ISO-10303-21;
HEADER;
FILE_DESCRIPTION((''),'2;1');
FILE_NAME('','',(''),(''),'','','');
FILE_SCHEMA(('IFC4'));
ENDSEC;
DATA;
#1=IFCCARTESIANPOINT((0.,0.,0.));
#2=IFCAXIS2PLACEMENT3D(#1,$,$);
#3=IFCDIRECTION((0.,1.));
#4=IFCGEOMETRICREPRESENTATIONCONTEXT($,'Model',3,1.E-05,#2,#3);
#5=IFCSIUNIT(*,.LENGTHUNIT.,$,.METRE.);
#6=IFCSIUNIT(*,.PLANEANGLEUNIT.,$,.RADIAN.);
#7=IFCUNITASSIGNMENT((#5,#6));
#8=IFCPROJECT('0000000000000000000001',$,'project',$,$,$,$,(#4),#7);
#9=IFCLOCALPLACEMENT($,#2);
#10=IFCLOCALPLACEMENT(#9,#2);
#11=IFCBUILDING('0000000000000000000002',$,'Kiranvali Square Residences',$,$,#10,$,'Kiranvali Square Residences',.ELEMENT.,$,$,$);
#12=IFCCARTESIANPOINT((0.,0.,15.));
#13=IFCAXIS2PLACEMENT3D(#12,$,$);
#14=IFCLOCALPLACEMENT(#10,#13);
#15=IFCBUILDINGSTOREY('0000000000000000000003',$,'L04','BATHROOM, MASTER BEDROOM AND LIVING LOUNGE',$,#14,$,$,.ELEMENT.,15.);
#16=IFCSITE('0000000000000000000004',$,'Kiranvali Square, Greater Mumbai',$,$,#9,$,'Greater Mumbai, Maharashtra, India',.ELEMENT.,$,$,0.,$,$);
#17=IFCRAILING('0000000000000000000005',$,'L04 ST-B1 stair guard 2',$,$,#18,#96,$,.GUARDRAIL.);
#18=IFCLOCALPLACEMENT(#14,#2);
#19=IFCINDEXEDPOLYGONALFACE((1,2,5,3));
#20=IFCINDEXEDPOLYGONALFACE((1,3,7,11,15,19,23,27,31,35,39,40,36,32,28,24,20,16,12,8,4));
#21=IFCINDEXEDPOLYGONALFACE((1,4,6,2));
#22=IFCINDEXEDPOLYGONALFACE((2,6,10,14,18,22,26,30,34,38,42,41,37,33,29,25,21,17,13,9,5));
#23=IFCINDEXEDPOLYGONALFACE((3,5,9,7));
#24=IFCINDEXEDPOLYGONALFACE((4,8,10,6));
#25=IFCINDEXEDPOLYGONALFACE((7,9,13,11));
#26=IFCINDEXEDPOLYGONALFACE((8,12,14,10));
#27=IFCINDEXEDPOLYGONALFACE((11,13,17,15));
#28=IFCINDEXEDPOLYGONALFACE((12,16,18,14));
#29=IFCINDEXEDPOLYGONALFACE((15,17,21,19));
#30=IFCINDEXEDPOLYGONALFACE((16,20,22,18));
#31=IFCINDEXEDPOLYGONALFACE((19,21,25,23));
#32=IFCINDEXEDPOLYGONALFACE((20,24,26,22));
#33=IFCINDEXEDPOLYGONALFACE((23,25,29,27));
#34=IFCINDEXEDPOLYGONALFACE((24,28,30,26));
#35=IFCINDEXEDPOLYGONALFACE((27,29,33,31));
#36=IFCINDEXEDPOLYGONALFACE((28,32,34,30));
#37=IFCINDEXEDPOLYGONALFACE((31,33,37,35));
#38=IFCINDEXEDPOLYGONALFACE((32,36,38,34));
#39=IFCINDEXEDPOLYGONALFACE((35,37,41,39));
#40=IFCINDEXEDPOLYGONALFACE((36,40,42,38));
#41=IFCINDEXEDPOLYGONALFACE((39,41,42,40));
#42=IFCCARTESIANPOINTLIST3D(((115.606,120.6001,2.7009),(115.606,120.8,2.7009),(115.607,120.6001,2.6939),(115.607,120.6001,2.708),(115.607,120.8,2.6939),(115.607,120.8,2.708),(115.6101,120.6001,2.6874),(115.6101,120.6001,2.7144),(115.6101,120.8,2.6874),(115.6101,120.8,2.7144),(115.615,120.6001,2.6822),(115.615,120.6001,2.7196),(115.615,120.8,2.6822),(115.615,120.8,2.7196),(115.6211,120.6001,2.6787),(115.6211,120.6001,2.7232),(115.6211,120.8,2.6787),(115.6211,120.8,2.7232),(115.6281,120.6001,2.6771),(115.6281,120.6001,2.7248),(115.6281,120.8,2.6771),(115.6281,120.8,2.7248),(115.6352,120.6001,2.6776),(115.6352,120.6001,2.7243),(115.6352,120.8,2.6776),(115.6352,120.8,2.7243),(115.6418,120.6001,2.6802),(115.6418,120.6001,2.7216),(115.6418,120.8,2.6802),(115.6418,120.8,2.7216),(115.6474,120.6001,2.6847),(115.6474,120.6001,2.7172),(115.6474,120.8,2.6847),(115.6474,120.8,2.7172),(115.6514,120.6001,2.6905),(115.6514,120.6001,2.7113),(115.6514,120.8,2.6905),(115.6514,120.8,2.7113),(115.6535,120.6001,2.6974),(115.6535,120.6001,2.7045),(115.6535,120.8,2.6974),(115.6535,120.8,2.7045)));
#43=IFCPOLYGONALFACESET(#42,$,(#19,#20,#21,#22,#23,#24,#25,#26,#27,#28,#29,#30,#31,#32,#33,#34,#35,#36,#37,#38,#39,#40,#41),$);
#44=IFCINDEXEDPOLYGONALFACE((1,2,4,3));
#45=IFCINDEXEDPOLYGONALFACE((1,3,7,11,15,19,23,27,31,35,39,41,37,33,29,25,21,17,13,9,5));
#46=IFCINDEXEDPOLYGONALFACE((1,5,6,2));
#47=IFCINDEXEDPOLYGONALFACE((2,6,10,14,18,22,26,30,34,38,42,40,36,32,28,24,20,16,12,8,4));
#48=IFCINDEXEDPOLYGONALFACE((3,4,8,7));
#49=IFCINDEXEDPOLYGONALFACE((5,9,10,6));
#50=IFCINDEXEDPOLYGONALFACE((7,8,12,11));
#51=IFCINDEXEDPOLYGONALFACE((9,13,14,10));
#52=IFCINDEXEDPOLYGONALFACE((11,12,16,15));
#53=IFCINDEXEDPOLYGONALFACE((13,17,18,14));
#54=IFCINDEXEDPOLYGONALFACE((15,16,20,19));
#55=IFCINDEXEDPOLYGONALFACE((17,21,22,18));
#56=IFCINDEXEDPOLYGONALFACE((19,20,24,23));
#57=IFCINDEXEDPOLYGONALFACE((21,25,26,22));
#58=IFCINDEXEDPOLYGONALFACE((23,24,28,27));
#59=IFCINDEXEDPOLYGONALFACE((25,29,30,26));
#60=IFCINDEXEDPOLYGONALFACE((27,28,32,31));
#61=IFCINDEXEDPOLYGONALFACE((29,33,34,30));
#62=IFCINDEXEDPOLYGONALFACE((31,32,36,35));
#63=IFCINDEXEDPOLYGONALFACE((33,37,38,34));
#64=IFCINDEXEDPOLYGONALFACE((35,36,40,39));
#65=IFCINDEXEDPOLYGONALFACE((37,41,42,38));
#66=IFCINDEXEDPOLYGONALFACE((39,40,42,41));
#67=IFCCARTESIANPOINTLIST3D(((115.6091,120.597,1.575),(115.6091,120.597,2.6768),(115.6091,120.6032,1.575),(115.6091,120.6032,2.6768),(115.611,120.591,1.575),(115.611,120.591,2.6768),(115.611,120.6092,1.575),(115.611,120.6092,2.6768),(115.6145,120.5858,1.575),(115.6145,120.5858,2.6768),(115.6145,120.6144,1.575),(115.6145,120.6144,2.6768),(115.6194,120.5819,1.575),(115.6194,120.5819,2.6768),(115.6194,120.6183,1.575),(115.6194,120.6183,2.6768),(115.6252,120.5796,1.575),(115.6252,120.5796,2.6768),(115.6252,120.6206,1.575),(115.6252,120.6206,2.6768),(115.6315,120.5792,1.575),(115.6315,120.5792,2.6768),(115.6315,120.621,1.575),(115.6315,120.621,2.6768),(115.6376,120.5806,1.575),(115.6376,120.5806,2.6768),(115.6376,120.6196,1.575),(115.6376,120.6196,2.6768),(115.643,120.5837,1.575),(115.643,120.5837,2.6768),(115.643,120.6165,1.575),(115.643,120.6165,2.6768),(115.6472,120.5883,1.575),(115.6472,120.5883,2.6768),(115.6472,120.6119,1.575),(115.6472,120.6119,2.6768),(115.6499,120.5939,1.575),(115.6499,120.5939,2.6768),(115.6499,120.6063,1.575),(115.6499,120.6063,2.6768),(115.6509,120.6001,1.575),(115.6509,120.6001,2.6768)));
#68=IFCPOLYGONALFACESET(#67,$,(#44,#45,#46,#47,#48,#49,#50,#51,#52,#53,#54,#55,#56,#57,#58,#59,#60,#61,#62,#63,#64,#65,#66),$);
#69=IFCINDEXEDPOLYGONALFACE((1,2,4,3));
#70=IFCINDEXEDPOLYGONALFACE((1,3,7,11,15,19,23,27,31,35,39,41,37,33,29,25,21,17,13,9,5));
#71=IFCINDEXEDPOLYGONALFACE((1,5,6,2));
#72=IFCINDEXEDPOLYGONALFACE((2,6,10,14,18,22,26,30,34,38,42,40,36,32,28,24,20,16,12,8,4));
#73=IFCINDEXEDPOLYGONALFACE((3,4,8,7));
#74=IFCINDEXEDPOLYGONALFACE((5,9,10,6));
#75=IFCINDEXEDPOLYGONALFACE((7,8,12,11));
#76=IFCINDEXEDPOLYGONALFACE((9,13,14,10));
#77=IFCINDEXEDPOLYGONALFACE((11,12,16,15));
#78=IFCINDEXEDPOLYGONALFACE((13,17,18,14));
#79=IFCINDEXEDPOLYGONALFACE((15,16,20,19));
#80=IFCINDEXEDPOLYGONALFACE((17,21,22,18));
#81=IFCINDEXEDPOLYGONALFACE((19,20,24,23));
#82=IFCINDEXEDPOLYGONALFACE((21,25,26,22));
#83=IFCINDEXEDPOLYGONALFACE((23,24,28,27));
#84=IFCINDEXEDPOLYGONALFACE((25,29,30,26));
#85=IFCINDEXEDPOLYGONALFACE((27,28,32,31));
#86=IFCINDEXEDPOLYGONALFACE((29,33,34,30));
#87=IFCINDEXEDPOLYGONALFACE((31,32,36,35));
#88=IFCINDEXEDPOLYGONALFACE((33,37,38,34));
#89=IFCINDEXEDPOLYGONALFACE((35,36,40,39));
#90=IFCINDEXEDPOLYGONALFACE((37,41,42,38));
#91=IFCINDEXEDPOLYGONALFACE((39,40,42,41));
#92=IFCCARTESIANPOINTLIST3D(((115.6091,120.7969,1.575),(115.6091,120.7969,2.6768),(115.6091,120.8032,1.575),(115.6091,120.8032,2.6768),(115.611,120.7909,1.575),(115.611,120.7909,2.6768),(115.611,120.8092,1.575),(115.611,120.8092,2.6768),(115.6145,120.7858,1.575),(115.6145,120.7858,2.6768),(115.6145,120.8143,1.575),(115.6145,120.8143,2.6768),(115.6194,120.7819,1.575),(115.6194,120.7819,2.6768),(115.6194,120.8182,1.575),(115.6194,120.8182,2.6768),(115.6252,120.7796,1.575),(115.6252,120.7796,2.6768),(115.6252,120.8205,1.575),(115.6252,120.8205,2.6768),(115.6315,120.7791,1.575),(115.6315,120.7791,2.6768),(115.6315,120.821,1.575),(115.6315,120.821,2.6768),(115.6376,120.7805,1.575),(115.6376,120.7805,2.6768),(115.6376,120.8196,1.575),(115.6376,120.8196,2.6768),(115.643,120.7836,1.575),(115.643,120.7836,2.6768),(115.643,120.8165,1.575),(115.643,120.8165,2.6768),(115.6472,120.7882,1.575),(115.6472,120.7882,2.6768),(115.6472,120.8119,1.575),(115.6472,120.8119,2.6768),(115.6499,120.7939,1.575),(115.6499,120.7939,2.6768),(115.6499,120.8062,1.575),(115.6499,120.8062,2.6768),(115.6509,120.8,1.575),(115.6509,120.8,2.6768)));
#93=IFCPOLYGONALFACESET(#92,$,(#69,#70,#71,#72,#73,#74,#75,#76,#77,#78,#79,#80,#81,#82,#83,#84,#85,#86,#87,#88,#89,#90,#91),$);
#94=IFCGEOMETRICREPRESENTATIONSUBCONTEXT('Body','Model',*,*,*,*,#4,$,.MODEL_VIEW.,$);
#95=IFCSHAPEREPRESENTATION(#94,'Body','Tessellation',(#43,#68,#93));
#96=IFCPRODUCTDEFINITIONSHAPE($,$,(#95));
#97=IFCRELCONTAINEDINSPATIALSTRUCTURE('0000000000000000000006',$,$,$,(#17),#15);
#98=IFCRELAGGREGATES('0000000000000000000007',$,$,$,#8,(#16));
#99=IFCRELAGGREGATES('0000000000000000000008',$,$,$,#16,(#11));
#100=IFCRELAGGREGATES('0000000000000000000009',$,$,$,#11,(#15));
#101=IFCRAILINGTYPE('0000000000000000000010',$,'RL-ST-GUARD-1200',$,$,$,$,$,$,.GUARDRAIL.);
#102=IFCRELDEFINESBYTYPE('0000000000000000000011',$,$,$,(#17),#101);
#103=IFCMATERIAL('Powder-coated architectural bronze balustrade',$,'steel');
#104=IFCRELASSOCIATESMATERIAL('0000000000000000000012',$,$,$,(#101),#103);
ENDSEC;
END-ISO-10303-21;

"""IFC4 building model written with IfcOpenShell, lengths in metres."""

from ifc_helpers import new_model, si_unit, direction, frame, origin, origin_2d, place, context, subcontext, project, spatial, circle, extrude, material, type_object, element, save


model = new_model("IFC4")

# Units and contexts
model_context = context("Model", 3, precision=1e-05, world=origin(), true_north=direction((0.0, 1.0)))
body_context = subcontext(model_context, "Body", "Model", "MODEL_VIEW")
ifc_project = project(units=[si_unit("LENGTHUNIT", "METRE"), si_unit("PLANEANGLEUNIT", "RADIAN")], contexts=[model_context])

# Site, building, storey
site_placement = place(None, origin())
site = spatial("IfcSite", under=ifc_project, at=site_placement, Name="Kiranvali Square, Greater Mumbai", LongName="Greater Mumbai, Maharashtra, India", CompositionType="ELEMENT", RefElevation=0.0)
building_placement = place(site_placement, origin())
building = spatial("IfcBuilding", under=site, at=building_placement, Name="Kiranvali Square Residences", LongName="Kiranvali Square Residences", CompositionType="ELEMENT")
storey_placement = place(building_placement, frame((0.0, 0.0, 15.0)))
storey = spatial("IfcBuildingStorey", under=building, at=storey_placement, Name="L04", Description="BATHROOM, MASTER BEDROOM AND LIVING LOUNGE", CompositionType="ELEMENT", Elevation=15.0)

# Railing
ifc_material_1 = material(Name="Powder-coated architectural bronze balustrade", Category="steel")
railing_type_1 = type_object("IfcRailingType", Name="RL-ST-GUARD-1200", PredefinedType="GUARDRAIL", material=ifc_material_1)
railing_1_placement = place(storey_placement, frame((115.6299, 120.6001, 1.575)))
element("IfcRailing", 1, at=railing_1_placement, inside=storey, type_object=railing_type_1, Name="L04 ST-B1 stair guard 2", PredefinedType="GUARDRAIL", context=body_context, shape_type="SweptSolid", body=[
    extrude(circle(Radius=0.0239, at=origin_2d()), frame((0.0, 0.0, 1.126), z_axis=(0.0, 1.0, 0.0), x_axis=(-1.0, 0.0, 0.0)), (0.0, 0.0, 1.0), 0.2),
    extrude(circle(Radius=0.021, at=origin_2d()), origin(), (0.0, 0.0, 1.0), 1.1018),
    extrude(circle(Radius=0.021, at=origin_2d()), frame((0.0, 0.2, 0.0)), (0.0, 0.0, 1.0), 1.1018),
])

save(model, "model.ifc")
